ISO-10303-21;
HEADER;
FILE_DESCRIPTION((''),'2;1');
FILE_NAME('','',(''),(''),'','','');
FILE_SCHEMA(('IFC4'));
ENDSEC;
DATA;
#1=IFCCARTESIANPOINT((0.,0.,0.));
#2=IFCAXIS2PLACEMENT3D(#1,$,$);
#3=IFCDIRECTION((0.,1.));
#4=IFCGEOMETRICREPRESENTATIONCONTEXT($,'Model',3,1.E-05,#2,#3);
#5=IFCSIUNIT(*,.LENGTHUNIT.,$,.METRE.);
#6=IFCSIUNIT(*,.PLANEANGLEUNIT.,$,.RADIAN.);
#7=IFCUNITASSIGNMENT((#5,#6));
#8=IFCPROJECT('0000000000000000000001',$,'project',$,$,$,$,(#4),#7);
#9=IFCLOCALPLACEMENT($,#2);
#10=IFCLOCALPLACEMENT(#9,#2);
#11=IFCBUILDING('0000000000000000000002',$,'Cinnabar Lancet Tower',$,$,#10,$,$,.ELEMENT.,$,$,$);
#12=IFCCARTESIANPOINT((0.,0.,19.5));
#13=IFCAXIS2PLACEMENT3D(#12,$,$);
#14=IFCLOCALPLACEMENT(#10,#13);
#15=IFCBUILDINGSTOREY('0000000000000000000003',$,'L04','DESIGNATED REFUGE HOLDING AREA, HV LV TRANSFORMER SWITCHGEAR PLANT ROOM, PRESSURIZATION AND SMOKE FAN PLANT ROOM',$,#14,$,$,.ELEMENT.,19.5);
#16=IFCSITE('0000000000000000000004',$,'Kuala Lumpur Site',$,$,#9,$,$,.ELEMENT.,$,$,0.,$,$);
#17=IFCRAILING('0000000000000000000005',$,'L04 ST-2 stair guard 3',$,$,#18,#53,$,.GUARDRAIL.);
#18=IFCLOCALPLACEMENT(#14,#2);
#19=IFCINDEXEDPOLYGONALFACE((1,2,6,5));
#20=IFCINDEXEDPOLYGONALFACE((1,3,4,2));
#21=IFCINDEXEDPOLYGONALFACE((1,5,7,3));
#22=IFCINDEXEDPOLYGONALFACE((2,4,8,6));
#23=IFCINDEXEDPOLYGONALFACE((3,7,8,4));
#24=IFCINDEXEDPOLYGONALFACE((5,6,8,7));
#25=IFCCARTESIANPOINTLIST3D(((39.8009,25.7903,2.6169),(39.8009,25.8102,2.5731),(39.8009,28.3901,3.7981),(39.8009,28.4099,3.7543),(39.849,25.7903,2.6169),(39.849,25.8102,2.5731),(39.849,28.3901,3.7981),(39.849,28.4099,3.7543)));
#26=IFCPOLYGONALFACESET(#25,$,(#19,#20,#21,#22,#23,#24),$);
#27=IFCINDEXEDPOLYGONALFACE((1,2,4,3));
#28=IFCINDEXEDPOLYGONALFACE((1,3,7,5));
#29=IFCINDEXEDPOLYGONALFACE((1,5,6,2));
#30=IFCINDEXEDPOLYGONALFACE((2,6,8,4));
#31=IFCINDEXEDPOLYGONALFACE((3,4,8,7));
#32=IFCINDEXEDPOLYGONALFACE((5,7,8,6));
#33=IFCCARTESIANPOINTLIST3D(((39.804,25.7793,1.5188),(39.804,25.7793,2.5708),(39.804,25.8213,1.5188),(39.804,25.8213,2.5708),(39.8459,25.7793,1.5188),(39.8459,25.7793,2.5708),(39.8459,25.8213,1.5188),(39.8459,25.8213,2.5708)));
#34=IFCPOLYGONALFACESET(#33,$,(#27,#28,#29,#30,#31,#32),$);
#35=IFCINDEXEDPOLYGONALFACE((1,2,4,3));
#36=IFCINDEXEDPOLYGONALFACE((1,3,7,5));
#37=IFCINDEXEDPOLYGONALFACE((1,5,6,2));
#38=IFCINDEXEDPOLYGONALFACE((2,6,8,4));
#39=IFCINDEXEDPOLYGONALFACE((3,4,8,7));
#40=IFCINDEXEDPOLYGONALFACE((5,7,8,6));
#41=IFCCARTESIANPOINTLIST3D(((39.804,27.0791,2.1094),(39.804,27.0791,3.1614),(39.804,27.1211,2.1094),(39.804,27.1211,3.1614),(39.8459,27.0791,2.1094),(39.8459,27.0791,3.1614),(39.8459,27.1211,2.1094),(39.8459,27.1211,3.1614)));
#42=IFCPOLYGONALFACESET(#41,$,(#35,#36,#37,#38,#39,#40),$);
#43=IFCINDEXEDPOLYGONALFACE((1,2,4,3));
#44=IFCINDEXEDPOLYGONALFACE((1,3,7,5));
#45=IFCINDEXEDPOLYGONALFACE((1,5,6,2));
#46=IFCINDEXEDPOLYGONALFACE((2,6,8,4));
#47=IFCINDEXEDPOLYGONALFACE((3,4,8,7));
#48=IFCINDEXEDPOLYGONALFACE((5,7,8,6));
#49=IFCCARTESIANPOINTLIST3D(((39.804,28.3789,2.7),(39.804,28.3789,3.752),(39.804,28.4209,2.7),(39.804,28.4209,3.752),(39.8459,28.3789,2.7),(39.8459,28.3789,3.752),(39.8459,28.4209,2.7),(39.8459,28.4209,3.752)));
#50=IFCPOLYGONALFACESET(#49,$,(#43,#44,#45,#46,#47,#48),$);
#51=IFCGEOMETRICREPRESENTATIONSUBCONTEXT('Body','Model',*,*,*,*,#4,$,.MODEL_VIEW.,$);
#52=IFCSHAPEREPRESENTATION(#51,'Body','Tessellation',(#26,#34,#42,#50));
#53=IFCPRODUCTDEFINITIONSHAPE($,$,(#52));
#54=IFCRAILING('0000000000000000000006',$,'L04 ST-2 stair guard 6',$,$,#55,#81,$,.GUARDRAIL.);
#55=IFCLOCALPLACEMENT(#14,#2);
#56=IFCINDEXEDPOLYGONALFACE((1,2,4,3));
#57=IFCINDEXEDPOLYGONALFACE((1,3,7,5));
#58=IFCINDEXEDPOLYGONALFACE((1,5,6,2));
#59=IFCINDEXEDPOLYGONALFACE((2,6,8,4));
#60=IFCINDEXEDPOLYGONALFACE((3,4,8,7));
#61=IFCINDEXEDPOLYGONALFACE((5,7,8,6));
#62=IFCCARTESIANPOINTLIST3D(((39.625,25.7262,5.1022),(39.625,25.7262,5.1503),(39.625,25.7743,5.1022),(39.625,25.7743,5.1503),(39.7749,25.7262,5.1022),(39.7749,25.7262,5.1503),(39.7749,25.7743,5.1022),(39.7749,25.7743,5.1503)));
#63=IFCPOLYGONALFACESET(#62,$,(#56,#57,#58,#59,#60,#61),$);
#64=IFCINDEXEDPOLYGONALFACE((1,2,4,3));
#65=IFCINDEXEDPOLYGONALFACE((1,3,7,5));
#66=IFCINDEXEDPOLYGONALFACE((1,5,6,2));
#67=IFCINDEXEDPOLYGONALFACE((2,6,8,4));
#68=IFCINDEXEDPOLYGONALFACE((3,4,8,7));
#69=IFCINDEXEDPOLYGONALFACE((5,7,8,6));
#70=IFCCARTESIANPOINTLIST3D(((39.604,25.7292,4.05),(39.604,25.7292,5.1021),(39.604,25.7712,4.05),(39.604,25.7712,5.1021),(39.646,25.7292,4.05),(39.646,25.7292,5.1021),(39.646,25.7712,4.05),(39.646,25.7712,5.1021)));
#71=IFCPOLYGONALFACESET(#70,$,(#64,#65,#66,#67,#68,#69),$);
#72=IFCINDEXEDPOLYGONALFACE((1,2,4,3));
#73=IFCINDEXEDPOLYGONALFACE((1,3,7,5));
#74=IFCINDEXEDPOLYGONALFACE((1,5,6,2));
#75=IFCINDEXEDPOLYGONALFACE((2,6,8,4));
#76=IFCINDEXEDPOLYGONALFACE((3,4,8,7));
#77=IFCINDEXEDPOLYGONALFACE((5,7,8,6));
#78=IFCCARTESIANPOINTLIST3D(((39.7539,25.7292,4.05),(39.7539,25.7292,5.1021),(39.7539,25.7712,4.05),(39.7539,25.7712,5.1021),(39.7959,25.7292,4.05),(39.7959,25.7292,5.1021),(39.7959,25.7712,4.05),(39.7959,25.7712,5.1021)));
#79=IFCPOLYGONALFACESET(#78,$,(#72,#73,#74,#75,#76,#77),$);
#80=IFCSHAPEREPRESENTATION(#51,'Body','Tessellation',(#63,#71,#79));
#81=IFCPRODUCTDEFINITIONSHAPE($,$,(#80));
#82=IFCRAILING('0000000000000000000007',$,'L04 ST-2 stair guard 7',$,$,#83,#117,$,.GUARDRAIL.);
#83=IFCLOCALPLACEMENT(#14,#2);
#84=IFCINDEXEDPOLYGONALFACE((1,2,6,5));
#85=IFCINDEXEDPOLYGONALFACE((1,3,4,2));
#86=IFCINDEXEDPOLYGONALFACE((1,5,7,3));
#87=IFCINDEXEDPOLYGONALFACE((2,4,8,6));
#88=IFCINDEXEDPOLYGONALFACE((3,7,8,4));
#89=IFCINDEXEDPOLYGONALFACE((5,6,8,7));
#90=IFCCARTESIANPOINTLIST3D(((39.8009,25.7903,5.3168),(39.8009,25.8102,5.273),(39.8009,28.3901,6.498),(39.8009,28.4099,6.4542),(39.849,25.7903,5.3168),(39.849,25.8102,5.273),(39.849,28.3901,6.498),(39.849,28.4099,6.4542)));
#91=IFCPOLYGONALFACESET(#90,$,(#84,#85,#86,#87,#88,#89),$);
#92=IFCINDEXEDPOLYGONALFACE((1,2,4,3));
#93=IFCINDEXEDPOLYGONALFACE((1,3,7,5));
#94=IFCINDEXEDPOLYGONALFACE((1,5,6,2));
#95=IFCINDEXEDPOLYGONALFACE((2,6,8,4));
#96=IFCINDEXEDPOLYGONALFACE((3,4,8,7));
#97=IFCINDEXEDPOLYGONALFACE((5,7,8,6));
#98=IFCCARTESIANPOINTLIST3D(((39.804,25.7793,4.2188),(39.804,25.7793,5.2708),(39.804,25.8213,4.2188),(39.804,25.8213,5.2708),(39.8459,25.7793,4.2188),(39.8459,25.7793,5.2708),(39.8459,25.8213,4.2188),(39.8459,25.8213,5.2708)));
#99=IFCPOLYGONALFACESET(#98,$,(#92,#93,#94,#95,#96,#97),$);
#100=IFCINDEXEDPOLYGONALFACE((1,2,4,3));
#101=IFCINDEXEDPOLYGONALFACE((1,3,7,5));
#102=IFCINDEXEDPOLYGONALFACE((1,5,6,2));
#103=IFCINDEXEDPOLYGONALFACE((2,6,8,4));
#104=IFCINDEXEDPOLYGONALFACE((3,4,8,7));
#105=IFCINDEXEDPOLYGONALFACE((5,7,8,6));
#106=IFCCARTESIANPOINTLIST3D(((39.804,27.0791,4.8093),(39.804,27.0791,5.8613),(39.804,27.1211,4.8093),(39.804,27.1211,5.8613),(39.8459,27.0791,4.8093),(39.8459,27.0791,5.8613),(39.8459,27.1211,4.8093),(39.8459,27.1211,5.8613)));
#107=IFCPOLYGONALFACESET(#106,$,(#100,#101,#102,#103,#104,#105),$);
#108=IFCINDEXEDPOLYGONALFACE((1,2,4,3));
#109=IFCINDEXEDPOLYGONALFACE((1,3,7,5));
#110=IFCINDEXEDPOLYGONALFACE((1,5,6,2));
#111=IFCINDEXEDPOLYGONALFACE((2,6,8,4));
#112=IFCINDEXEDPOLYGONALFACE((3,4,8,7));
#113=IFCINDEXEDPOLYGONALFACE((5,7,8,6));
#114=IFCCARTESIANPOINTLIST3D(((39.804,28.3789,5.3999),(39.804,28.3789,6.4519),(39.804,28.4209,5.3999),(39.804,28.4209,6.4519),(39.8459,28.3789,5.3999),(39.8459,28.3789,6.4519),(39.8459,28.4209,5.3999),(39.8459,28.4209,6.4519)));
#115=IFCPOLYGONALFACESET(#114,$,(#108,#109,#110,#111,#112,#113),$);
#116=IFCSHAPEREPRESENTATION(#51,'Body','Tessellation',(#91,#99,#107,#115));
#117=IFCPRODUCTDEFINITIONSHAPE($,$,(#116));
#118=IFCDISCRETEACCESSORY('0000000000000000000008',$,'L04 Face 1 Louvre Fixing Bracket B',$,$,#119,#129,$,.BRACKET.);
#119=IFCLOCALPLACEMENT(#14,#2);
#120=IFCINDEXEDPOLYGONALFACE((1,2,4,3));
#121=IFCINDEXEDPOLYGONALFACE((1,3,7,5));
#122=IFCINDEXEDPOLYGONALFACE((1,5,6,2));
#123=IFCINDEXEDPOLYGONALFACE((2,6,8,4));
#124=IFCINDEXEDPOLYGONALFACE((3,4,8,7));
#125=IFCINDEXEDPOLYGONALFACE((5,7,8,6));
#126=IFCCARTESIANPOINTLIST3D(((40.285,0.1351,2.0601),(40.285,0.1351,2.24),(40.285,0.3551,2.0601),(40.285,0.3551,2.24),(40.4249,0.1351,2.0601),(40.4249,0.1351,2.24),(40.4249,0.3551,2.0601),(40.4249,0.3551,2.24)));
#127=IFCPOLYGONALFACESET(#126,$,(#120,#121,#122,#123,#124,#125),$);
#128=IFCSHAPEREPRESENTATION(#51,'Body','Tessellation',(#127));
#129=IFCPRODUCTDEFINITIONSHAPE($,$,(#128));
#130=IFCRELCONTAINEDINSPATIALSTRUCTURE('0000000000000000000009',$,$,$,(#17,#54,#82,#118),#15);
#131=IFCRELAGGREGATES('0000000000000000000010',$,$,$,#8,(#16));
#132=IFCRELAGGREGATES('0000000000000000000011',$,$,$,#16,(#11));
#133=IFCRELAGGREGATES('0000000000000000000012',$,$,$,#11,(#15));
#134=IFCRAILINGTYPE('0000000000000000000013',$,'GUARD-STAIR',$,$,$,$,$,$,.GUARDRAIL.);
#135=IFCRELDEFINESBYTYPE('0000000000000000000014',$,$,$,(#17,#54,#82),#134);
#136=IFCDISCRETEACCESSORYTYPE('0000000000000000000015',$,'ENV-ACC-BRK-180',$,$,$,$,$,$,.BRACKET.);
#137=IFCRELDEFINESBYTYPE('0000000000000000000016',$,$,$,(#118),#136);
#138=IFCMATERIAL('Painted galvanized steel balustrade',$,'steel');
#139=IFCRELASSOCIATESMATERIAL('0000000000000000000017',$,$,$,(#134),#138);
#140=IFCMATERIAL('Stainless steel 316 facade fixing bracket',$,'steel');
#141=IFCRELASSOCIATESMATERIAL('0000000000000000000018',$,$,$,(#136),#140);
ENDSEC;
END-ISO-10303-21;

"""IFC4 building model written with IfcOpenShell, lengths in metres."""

from ifc_helpers import new_model, si_unit, direction, frame, origin, origin_2d, place, context, subcontext, project, spatial, rectangle, extrude, material, type_object, element, save


model = new_model("IFC4")

# Units and contexts
model_context = context("Model", 3, precision=1e-05, world=origin(), true_north=direction((0.0, 1.0)))
body_context = subcontext(model_context, "Body", "Model", "MODEL_VIEW")
ifc_project = project(units=[si_unit("LENGTHUNIT", "METRE"), si_unit("PLANEANGLEUNIT", "RADIAN")], contexts=[model_context])

# Site, building, storey
site_placement = place(None, origin())
site = spatial("IfcSite", under=ifc_project, at=site_placement, Name="Kuala Lumpur Site", CompositionType="ELEMENT", RefElevation=0.0)
building_placement = place(site_placement, origin())
building = spatial("IfcBuilding", under=site, at=building_placement, Name="Cinnabar Lancet Tower", CompositionType="ELEMENT")
storey_placement = place(building_placement, frame((0.0, 0.0, 19.5)))
storey = spatial("IfcBuildingStorey", under=building, at=storey_placement, Name="L04", Description="DESIGNATED REFUGE HOLDING AREA, HV LV TRANSFORMER SWITCHGEAR PLANT ROOM, PRESSURIZATION AND SMOKE FAN PLANT ROOM", CompositionType="ELEMENT", Elevation=19.5)

# Railings
ifc_material_1 = material(Name="Painted galvanized steel balustrade", Category="steel")
railing_type = type_object("IfcRailingType", Name="GUARD-STAIR", PredefinedType="GUARDRAIL", material=ifc_material_1)
railing_1_placement = place(storey_placement, frame((39.825, 25.8003, 1.5188)))
element("IfcRailing", 1, at=railing_1_placement, inside=storey, type_object=railing_type, Name="L04 ST-2 stair guard 3", PredefinedType="GUARDRAIL", context=body_context, shape_type="SweptSolid", body=[
    extrude(rectangle(XDim=0.0481, YDim=0.0481, at=origin_2d()), frame((0.0, 0.0, 1.0762), z_axis=(0.0, 0.910431, 0.413661), x_axis=(-1.0, 0.0, 0.0)), (0.0, 0.0, 1.0), 2.8555),
    extrude(rectangle(XDim=0.042, YDim=0.042, at=origin_2d()), origin(), (0.0, 0.0, 1.0), 1.052),
    extrude(rectangle(XDim=0.042, YDim=0.042, at=origin_2d()), frame((0.0, 1.2998, 0.5906)), (0.0, 0.0, 1.0), 1.052),
    extrude(rectangle(XDim=0.042, YDim=0.042, at=origin_2d()), frame((0.0, 2.5996, 1.1812)), (0.0, 0.0, 1.0), 1.052),
])
railing_2_placement = place(storey_placement, frame((39.625, 25.7502, 4.05)))
element("IfcRailing", 2, at=railing_2_placement, inside=storey, type_object=railing_type, Name="L04 ST-2 stair guard 6", PredefinedType="GUARDRAIL", context=body_context, shape_type="SweptSolid", body=[
    extrude(rectangle(XDim=0.0481, YDim=0.0481, at=origin_2d()), frame((0.0, 0.0, 1.0762), z_axis=(1.0, 0.0, 0.0), x_axis=(0.0, 1.0, 0.0)), (0.0, 0.0, 1.0), 0.1499),
    extrude(rectangle(XDim=0.042, YDim=0.042, at=origin_2d()), origin(), (0.0, 0.0, 1.0), 1.052),
    extrude(rectangle(XDim=0.042, YDim=0.042, at=origin_2d()), frame((0.1499, 0.0, 0.0)), (0.0, 0.0, 1.0), 1.052),
])
railing_3_placement = place(storey_placement, frame((39.825, 25.8003, 4.2188)))
element("IfcRailing", 3, at=railing_3_placement, inside=storey, type_object=railing_type, Name="L04 ST-2 stair guard 7", PredefinedType="GUARDRAIL", context=body_context, shape_type="SweptSolid", body=[
    extrude(rectangle(XDim=0.0481, YDim=0.0481, at=origin_2d()), frame((0.0, 0.0, 1.0762), z_axis=(0.0, 0.910431, 0.413661), x_axis=(-1.0, 0.0, 0.0)), (0.0, 0.0, 1.0), 2.8555),
    extrude(rectangle(XDim=0.042, YDim=0.042, at=origin_2d()), origin(), (0.0, 0.0, 1.0), 1.052),
    extrude(rectangle(XDim=0.042, YDim=0.042, at=origin_2d()), frame((0.0, 1.2998, 0.5906)), (0.0, 0.0, 1.0), 1.052),
    extrude(rectangle(XDim=0.042, YDim=0.042, at=origin_2d()), frame((0.0, 2.5996, 1.1812)), (0.0, 0.0, 1.0), 1.052),
])

# Discrete accessory
ifc_material_2 = material(Name="Stainless steel 316 facade fixing bracket", Category="steel")
discrete_accessory_type = type_object("IfcDiscreteAccessoryType", Name="ENV-ACC-BRK-180", PredefinedType="BRACKET", material=ifc_material_2)
discrete_accessory_placement = place(storey_placement, frame((40.355, 0.2451, 2.0601), z_axis=(0.0, 0.0, 1.0), x_axis=(1.0, 0.0, 0.0)))
element("IfcDiscreteAccessory", 4, at=discrete_accessory_placement, inside=storey, type_object=discrete_accessory_type, Name="L04 Face 1 Louvre Fixing Bracket B", PredefinedType="BRACKET", context=body_context, shape_type="SweptSolid", body=[
    extrude(rectangle(XDim=0.1399, YDim=0.22, at=origin_2d()), origin(), (0.0, 0.0, 1.0), 0.1799),
])

save(model, "model.ifc")
